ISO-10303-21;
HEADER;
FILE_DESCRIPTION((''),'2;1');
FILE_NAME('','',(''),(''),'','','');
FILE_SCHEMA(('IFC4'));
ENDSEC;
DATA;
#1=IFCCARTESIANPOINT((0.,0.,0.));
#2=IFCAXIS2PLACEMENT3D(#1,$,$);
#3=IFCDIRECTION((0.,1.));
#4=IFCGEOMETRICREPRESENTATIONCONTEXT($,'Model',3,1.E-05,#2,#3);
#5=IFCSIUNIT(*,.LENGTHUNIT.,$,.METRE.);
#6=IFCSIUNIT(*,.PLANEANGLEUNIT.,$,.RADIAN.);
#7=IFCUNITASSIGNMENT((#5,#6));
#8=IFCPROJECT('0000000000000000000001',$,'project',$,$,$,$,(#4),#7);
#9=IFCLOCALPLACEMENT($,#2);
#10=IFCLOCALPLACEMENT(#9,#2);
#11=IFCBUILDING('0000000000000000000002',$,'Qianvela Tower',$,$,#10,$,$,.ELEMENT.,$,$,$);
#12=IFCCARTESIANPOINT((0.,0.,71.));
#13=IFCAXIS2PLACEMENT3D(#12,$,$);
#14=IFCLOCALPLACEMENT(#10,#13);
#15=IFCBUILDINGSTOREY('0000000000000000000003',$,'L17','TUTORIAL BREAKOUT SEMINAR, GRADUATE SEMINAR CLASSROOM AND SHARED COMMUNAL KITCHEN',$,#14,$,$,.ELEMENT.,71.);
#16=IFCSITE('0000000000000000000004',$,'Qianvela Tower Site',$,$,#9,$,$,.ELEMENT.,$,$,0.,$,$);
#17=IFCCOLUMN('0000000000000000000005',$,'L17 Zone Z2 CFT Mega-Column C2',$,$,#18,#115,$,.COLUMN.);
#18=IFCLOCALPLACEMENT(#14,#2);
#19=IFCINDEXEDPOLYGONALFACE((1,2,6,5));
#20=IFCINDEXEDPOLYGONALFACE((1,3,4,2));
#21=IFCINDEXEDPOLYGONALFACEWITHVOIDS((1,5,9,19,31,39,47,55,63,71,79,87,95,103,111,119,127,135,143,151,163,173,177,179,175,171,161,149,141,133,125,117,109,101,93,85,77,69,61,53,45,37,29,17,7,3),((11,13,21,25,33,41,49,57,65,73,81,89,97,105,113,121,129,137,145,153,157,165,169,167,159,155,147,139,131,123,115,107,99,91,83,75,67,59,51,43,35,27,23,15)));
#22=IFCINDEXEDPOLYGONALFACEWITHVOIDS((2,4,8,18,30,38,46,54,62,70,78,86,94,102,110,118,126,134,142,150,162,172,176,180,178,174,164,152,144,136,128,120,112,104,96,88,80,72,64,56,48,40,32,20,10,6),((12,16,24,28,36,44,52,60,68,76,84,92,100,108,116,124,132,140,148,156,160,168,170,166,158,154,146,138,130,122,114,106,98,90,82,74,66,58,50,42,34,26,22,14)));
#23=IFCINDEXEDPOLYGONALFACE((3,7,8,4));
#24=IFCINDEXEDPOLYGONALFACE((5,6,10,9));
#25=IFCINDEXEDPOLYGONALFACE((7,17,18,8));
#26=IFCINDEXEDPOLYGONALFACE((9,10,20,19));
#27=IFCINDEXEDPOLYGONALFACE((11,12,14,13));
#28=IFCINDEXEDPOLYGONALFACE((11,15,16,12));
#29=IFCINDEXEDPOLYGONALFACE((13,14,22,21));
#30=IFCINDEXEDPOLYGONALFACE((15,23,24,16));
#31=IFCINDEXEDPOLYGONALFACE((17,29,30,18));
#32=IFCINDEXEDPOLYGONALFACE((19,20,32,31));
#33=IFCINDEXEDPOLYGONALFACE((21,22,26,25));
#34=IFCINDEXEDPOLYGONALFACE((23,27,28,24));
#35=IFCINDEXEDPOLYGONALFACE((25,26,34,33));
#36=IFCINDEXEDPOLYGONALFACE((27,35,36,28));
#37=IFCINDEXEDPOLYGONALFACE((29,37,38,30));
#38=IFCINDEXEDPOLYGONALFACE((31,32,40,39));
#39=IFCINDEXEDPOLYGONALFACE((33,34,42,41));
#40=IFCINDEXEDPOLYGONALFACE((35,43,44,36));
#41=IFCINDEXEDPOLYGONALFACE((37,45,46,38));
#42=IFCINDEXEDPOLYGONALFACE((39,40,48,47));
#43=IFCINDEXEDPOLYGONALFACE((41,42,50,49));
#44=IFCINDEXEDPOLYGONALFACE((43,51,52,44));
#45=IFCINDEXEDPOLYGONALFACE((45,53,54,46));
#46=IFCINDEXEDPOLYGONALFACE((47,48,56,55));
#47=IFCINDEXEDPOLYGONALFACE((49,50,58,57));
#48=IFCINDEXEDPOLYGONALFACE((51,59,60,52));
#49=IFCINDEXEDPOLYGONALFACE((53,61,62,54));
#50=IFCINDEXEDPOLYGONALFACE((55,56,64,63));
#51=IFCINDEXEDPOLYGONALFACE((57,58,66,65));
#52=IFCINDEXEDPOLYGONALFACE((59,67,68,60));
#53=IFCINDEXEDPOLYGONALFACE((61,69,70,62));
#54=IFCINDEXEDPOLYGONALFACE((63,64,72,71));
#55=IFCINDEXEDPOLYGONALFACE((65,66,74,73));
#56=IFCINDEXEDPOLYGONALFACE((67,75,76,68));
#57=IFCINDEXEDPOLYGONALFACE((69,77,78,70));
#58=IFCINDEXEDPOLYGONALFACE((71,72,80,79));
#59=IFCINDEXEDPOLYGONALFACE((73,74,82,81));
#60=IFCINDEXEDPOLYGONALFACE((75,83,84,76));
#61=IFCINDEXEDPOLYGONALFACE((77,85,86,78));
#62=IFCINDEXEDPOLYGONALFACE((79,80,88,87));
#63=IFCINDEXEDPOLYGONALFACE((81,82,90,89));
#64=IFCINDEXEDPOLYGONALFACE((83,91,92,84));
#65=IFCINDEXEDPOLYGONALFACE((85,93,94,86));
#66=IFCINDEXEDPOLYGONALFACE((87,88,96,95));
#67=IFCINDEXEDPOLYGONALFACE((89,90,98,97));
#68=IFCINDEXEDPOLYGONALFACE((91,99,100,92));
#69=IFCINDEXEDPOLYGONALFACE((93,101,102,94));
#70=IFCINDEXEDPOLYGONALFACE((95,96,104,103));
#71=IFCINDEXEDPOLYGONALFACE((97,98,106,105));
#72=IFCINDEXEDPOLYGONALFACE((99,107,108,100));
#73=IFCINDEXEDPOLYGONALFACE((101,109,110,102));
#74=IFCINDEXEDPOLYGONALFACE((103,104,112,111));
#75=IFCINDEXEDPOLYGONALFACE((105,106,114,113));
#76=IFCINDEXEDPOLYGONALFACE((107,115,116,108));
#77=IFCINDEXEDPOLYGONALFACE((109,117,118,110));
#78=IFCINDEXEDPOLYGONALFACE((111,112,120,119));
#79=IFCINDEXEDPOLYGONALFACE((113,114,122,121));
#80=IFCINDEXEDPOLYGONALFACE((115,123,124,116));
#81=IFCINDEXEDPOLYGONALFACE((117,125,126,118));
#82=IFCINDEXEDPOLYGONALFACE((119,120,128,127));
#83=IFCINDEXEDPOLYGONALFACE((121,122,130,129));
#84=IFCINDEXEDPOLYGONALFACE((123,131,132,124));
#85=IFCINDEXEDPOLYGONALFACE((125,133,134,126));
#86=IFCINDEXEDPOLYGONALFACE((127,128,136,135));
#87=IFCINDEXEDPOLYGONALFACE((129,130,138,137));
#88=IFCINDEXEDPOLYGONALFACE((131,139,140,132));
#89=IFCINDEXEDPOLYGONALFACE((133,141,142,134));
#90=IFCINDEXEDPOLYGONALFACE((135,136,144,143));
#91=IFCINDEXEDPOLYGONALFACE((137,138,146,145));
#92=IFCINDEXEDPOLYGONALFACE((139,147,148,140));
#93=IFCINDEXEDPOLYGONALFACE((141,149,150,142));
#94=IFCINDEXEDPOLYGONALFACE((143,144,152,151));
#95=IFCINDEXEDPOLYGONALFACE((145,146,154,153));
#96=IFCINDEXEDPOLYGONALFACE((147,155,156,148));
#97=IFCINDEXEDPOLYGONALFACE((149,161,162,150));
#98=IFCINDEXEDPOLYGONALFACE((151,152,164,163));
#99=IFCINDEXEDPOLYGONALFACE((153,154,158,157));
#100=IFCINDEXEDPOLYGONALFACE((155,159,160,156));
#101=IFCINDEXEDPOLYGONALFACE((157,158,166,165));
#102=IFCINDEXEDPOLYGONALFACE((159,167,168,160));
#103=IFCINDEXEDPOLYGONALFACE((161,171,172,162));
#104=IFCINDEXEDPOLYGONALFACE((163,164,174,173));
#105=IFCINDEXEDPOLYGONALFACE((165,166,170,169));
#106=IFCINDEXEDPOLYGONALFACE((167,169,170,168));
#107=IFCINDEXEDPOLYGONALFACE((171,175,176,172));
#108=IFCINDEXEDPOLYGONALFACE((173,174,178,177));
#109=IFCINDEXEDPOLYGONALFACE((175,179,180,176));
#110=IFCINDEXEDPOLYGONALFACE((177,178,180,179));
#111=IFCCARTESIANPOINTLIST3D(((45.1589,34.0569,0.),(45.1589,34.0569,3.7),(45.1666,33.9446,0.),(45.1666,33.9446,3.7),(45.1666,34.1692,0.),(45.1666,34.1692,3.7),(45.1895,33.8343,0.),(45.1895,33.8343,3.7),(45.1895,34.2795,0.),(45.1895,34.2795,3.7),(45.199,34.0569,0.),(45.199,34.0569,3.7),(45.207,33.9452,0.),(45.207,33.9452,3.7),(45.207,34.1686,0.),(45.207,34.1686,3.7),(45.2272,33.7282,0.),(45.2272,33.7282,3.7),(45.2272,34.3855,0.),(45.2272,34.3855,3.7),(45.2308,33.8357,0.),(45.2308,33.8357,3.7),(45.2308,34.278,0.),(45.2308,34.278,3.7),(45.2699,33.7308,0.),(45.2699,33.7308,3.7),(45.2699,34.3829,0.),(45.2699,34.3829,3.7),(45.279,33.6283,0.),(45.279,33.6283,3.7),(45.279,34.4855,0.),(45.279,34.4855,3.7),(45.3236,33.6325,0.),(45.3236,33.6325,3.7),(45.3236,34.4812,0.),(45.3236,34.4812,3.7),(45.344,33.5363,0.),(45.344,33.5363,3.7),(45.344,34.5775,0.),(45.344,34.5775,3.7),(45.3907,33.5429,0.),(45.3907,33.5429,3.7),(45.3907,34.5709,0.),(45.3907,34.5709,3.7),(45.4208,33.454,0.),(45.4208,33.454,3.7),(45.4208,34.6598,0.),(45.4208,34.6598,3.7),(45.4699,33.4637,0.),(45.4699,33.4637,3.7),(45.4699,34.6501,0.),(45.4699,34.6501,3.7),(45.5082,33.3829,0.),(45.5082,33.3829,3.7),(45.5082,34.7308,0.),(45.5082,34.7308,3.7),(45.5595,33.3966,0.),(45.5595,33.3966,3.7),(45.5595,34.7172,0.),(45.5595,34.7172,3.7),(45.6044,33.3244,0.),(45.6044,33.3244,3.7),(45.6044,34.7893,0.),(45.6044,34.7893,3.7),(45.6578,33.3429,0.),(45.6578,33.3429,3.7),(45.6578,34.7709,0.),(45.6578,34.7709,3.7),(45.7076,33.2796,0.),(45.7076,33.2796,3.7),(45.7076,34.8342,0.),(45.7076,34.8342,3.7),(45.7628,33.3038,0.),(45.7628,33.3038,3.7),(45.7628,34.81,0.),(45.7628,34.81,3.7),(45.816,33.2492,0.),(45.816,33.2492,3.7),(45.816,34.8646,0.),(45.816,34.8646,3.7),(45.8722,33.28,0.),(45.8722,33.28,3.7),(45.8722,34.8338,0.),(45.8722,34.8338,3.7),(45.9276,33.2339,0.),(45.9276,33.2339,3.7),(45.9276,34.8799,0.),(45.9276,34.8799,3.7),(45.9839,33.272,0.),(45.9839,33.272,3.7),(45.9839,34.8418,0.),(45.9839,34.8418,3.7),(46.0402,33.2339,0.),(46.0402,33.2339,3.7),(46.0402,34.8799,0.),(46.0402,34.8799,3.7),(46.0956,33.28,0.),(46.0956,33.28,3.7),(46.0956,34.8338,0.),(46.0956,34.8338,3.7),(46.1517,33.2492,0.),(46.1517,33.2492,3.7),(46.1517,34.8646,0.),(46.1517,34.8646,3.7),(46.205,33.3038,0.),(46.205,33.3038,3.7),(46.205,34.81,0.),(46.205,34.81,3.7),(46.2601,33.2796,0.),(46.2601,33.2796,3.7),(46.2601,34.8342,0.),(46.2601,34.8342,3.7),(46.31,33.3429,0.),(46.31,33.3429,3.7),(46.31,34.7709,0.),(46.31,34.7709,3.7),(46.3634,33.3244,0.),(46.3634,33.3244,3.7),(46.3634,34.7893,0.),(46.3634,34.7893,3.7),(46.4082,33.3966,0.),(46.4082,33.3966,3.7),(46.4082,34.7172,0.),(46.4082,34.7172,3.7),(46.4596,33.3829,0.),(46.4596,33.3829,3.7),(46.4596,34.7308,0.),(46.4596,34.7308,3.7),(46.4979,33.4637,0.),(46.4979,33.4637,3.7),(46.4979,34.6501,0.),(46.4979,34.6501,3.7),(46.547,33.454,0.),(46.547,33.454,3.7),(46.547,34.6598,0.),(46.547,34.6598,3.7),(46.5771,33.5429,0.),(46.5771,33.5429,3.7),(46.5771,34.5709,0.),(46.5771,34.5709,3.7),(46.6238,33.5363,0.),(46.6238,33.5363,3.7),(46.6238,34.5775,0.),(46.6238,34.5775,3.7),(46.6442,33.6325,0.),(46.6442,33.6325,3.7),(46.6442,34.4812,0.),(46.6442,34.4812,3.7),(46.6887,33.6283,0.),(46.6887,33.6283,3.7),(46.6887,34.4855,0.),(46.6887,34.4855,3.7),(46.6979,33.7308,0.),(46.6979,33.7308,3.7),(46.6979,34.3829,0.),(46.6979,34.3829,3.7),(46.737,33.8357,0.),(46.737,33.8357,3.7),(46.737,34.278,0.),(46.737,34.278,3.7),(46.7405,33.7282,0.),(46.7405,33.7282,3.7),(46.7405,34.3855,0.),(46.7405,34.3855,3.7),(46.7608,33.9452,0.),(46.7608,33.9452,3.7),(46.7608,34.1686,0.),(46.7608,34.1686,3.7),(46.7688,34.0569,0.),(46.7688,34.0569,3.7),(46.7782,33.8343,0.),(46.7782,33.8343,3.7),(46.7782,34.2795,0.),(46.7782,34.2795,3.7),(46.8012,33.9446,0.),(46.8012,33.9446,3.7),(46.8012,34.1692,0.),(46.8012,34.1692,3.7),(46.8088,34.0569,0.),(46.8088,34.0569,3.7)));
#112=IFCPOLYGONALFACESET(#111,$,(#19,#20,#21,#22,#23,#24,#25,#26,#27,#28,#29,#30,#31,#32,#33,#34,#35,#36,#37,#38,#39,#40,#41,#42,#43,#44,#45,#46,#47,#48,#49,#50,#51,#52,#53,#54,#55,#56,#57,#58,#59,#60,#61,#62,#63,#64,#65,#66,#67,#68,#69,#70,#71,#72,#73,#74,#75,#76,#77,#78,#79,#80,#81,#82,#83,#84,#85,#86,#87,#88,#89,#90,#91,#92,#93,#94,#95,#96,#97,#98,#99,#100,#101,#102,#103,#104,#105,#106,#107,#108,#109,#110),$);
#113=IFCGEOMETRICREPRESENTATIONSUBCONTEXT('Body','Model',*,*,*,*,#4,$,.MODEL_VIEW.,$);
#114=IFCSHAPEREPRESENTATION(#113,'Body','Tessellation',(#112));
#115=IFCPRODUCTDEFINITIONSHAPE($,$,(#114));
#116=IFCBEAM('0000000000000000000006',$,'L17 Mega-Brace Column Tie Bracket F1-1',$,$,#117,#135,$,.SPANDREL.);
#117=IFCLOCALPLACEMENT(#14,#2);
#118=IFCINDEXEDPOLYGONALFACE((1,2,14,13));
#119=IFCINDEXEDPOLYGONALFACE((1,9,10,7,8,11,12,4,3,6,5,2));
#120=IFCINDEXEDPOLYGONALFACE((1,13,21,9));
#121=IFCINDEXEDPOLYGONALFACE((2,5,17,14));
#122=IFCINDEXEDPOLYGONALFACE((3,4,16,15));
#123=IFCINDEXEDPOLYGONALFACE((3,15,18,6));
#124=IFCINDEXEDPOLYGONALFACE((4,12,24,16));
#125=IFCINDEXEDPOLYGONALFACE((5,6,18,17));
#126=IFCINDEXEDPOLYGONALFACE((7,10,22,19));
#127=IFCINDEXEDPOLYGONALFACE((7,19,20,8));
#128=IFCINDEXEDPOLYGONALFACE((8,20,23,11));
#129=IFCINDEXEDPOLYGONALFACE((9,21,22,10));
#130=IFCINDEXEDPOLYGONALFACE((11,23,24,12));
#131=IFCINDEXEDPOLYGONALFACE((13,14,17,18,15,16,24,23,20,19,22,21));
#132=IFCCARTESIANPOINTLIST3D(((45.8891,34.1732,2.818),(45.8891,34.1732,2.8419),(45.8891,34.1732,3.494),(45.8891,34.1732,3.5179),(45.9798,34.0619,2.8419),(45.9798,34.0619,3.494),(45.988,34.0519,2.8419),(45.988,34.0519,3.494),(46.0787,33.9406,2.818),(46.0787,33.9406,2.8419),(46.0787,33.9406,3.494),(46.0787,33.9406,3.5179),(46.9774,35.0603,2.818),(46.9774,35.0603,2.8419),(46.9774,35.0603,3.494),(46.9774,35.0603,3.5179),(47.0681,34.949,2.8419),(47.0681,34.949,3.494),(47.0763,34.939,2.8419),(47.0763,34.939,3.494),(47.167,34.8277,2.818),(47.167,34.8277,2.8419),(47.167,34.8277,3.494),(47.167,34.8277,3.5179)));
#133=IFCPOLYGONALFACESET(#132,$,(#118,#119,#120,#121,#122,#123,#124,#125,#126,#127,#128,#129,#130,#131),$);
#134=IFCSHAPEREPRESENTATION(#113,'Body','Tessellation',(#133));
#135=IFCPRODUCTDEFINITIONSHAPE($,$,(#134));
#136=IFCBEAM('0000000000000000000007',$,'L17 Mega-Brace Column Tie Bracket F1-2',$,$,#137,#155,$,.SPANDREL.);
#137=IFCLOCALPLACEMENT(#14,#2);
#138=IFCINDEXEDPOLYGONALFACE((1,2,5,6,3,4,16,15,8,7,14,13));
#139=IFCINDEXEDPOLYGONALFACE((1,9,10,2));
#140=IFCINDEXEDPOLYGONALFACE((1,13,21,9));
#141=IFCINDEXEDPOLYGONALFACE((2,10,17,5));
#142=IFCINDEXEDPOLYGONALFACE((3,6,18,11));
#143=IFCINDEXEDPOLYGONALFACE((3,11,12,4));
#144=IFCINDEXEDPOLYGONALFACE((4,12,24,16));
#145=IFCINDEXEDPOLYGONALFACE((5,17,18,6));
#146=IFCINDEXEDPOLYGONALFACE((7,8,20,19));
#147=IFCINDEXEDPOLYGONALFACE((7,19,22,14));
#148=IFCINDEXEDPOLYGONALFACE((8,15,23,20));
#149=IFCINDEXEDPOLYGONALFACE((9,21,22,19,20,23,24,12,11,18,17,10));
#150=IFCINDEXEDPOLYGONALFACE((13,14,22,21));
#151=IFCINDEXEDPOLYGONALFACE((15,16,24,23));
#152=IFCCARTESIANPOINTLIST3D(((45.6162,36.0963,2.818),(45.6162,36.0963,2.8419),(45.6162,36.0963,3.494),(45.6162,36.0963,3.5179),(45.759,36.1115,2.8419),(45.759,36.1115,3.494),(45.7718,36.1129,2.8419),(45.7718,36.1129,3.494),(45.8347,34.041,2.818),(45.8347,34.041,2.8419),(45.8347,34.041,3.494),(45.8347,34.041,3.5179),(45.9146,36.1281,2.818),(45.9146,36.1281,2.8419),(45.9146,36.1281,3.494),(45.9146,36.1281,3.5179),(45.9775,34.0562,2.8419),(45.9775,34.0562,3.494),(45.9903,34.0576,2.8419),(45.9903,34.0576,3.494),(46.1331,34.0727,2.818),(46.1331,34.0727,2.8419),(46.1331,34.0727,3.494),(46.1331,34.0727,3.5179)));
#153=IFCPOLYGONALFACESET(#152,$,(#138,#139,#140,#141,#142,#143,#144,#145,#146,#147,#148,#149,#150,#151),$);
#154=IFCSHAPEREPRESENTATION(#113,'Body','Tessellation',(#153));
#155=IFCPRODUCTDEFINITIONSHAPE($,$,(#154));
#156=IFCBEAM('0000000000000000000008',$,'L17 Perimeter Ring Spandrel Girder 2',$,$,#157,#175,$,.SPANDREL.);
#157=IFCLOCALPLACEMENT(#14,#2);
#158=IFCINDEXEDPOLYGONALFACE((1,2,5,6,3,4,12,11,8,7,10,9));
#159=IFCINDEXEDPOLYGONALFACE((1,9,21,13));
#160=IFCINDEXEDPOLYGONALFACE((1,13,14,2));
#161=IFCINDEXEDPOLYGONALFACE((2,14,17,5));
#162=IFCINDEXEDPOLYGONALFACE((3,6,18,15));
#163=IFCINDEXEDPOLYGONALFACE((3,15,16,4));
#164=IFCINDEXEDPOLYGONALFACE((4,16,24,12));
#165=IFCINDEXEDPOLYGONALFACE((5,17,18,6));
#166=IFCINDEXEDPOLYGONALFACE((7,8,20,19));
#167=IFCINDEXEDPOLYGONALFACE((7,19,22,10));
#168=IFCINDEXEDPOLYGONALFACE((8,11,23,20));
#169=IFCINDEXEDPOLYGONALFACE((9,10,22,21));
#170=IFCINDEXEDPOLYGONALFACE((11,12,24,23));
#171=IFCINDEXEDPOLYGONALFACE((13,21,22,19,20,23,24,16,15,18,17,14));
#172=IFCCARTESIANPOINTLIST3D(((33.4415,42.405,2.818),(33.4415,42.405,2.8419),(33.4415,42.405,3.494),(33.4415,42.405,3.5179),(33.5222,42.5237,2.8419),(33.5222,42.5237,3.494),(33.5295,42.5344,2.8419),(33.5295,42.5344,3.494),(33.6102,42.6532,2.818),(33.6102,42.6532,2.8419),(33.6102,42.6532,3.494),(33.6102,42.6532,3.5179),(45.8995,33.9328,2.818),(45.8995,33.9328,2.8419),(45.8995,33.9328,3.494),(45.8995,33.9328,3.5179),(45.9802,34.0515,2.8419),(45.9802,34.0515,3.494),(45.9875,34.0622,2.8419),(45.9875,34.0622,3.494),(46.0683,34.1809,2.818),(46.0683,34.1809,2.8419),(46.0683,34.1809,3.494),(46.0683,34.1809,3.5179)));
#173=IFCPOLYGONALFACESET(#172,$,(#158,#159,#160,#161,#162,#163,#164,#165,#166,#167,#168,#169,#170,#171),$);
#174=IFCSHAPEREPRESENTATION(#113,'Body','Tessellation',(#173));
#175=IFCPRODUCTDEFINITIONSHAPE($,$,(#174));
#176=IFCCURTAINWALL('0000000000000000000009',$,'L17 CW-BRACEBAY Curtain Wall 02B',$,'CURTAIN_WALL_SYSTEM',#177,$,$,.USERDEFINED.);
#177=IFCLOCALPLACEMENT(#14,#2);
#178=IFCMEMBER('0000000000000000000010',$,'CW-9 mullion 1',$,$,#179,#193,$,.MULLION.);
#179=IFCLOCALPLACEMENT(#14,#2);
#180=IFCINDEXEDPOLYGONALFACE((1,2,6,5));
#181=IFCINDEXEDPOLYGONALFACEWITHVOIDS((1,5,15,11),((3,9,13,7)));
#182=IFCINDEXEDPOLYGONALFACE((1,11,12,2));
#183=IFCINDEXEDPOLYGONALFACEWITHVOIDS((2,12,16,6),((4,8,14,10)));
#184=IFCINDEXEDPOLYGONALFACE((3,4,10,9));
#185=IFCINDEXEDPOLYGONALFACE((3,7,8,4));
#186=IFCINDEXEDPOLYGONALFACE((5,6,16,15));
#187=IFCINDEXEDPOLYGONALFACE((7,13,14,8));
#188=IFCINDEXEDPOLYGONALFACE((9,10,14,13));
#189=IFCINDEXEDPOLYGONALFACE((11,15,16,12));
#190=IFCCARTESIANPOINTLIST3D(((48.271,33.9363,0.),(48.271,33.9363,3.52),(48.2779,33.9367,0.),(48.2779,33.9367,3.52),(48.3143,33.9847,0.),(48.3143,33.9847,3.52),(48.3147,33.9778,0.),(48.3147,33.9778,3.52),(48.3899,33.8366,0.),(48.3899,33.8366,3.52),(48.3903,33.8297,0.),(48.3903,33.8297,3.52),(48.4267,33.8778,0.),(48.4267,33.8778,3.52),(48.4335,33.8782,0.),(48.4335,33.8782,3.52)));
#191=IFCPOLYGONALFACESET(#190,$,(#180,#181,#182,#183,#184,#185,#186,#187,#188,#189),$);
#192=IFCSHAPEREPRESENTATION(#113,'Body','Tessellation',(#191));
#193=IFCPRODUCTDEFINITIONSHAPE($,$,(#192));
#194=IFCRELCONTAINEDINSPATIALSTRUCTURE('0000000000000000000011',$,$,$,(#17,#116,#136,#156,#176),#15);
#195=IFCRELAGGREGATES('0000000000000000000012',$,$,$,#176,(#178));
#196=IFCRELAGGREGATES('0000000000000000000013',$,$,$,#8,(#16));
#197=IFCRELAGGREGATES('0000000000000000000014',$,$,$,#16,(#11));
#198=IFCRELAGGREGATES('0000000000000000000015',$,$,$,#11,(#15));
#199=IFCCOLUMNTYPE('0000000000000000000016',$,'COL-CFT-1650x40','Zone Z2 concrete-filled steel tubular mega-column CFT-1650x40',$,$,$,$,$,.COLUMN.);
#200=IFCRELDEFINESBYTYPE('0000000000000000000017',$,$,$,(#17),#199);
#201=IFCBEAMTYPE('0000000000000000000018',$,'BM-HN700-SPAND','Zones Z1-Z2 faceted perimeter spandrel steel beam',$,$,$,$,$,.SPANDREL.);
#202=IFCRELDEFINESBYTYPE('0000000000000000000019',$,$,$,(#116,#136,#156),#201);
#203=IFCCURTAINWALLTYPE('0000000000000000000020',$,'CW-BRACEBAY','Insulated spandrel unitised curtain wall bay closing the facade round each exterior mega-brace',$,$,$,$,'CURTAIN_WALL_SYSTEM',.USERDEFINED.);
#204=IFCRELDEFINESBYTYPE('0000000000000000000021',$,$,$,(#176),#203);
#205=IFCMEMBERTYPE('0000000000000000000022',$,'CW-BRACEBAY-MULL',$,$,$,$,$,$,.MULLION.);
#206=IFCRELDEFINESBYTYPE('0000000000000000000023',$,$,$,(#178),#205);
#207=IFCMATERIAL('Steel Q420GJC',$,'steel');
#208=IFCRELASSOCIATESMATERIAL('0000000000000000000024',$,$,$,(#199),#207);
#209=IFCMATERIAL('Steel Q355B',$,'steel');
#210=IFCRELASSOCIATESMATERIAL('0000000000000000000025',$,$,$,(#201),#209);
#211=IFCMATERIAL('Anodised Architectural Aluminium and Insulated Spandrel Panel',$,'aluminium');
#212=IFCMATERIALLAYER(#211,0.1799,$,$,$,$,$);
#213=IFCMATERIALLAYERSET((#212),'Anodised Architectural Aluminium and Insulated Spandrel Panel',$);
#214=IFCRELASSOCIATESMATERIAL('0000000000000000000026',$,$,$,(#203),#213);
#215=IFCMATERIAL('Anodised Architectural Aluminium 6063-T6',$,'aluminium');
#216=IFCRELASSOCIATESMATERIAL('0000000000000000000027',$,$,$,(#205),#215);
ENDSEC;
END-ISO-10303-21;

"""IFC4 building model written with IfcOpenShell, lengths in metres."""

from ifc_helpers import new_model, si_unit, direction, frame, origin, origin_2d, place, context, subcontext, project, spatial, hollow_rectangle, hollow_circle, i_section, extrude, material, layer, layer_set, material_profile, profile_set, type_object, element, aggregate, save


model = new_model("IFC4")

# Units and contexts
model_context = context("Model", 3, precision=1e-05, world=origin(), true_north=direction((0.0, 1.0)))
body_context = subcontext(model_context, "Body", "Model", "MODEL_VIEW")
ifc_project = project(units=[si_unit("LENGTHUNIT", "METRE"), si_unit("PLANEANGLEUNIT", "RADIAN")], contexts=[model_context])

# Site, building, storey
site_placement = place(None, origin())
site = spatial("IfcSite", under=ifc_project, at=site_placement, Name="Qianvela Tower Site", CompositionType="ELEMENT", RefElevation=0.0)
building_placement = place(site_placement, origin())
building = spatial("IfcBuilding", under=site, at=building_placement, Name="Qianvela Tower", CompositionType="ELEMENT")
storey_placement = place(building_placement, frame((0.0, 0.0, 71.0)))
storey = spatial("IfcBuildingStorey", under=building, at=storey_placement, Name="L17", Description="TUTORIAL BREAKOUT SEMINAR, GRADUATE SEMINAR CLASSROOM AND SHARED COMMUNAL KITCHEN", CompositionType="ELEMENT", Elevation=71.0)

# Column
ifc_material_1 = material(Name="Steel Q420GJC", Category="steel")
ifc_material_profile_1 = material_profile(ifc_material_1, hollow_circle(Radius=0.825, WallThickness=0.04, at=origin_2d()), Name="CFT-1650x40")
ifc_profile_set_1 = profile_set([ifc_material_profile_1], Name="Steel Q420GJC")
column_type = type_object("IfcColumnType", Name="COL-CFT-1650x40", Description="Zone Z2 concrete-filled steel tubular mega-column CFT-1650x40", PredefinedType="COLUMN", material=ifc_profile_set_1)
column_placement = place(storey_placement, frame((45.9839, 34.0569, 0.0), z_axis=(0.0, 0.0, 1.0), x_axis=(1.0, 0.0, 0.0)))
element("IfcColumn", 1, at=column_placement, inside=storey, type_object=column_type, Name="L17 Zone Z2 CFT Mega-Column C2", PredefinedType="COLUMN", context=body_context, shape_type="SweptSolid", body=[
    extrude(hollow_circle(Radius=0.825, WallThickness=0.04, at=origin_2d()), origin(), (0.0, 0.0, 1.0), 3.7),
])

# Beams
ifc_material_2 = material(Name="Steel Q355B", Category="steel")
ifc_material_profile_2 = material_profile(ifc_material_2, i_section(OverallWidth=0.3, OverallDepth=0.7, WebThickness=0.0129, FlangeThickness=0.0239, at=origin_2d()), Name="HN700x300x13x24")
ifc_profile_set_2 = profile_set([ifc_material_profile_2], Name="Steel Q355B")
beam_type = type_object("IfcBeamType", Name="BM-HN700-SPAND", Description="Zones Z1-Z2 faceted perimeter spandrel steel beam", PredefinedType="SPANDREL", material=ifc_profile_set_2)
beam_1_placement = place(storey_placement, frame((45.9839, 34.0569, 3.168), z_axis=(0.775103, 0.631835, 0.0), x_axis=(-0.631835, 0.775103, 0.0)))
element("IfcBeam", 2, at=beam_1_placement, inside=storey, type_object=beam_type, Name="L17 Mega-Brace Column Tie Bracket F1-1", PredefinedType="SPANDREL", context=body_context, shape_type="SweptSolid", body=[
    extrude(i_section(OverallWidth=0.3, OverallDepth=0.7, WebThickness=0.0129, FlangeThickness=0.0239, at=origin_2d()), origin(), (0.0, 0.0, 1.0), 1.4041),
])
beam_2_placement = place(storey_placement, frame((45.9839, 34.0569, 3.168), z_axis=(-0.105712, 0.994397, 0.0), x_axis=(-0.994397, -0.105712, 0.0)))
element("IfcBeam", 3, at=beam_2_placement, inside=storey, type_object=beam_type, Name="L17 Mega-Brace Column Tie Bracket F1-2", PredefinedType="SPANDREL", context=body_context, shape_type="SweptSolid", body=[
    extrude(i_section(OverallWidth=0.3, OverallDepth=0.7, WebThickness=0.0129, FlangeThickness=0.0239, at=origin_2d()), origin(), (0.0, 0.0, 1.0), 2.0669),
])
beam_3_placement = place(storey_placement, frame((45.9839, 34.0569, 3.168), z_axis=(-0.826904, 0.562343, 0.0), x_axis=(-0.562343, -0.826904, 0.0)))
element("IfcBeam", 4, at=beam_3_placement, inside=storey, type_object=beam_type, Name="L17 Perimeter Ring Spandrel Girder 2", PredefinedType="SPANDREL", context=body_context, shape_type="SweptSolid", body=[
    extrude(i_section(OverallWidth=0.3, OverallDepth=0.7, WebThickness=0.0129, FlangeThickness=0.0239, at=origin_2d()), origin(), (0.0, 0.0, 1.0), 15.0659),
])

# Curtain wall, member
ifc_material_3 = material(Name="Anodised Architectural Aluminium and Insulated Spandrel Panel", Category="aluminium")
ifc_layer_1 = layer(ifc_material_3, 0.1799)
ifc_layer_set_1 = layer_set([ifc_layer_1], Name="Anodised Architectural Aluminium and Insulated Spandrel Panel")
curtain_wall_type_1 = type_object("IfcCurtainWallType", Name="CW-BRACEBAY", Description="Insulated spandrel unitised curtain wall bay closing the facade round each exterior mega-brace", ElementType="CURTAIN_WALL_SYSTEM", PredefinedType="USERDEFINED", material=ifc_layer_set_1)
curtain_wall_1_placement = place(storey_placement, origin())
curtain_wall_1 = element("IfcCurtainWall", 5, at=curtain_wall_1_placement, inside=storey, type_object=curtain_wall_type_1, Name="L17 CW-BRACEBAY Curtain Wall 02B", ObjectType="CURTAIN_WALL_SYSTEM", PredefinedType="USERDEFINED")
ifc_material_4 = material(Name="Anodised Architectural Aluminium 6063-T6", Category="aluminium")
ifc_material_profile_3 = material_profile(ifc_material_4, hollow_rectangle(XDim=0.0649, YDim=0.1599, WallThickness=0.0049, at=origin_2d()), Name="ALU-MULL-65x160")
ifc_profile_set_3 = profile_set([ifc_material_profile_3], Name="Anodised Architectural Aluminium 6063-T6")
member_type_1 = type_object("IfcMemberType", Name="CW-BRACEBAY-MULL", PredefinedType="MULLION", material=ifc_profile_set_3)
member_1_placement = place(storey_placement, frame((48.3523, 33.9072, 0.0), z_axis=(0.0, 0.0, 1.0), x_axis=(-0.666434, -0.745564, 0.0)))
member_1 = element("IfcMember", 6, at=member_1_placement, type_object=member_type_1, Name="CW-9 mullion 1", PredefinedType="MULLION", context=body_context, shape_type="SweptSolid", body=[
    extrude(hollow_rectangle(XDim=0.0649, YDim=0.1599, WallThickness=0.0049, at=origin_2d()), origin(), (0.0, 0.0, 1.0), 3.52),
])

aggregate(curtain_wall_1, [member_1])

save(model, "model.ifc")
